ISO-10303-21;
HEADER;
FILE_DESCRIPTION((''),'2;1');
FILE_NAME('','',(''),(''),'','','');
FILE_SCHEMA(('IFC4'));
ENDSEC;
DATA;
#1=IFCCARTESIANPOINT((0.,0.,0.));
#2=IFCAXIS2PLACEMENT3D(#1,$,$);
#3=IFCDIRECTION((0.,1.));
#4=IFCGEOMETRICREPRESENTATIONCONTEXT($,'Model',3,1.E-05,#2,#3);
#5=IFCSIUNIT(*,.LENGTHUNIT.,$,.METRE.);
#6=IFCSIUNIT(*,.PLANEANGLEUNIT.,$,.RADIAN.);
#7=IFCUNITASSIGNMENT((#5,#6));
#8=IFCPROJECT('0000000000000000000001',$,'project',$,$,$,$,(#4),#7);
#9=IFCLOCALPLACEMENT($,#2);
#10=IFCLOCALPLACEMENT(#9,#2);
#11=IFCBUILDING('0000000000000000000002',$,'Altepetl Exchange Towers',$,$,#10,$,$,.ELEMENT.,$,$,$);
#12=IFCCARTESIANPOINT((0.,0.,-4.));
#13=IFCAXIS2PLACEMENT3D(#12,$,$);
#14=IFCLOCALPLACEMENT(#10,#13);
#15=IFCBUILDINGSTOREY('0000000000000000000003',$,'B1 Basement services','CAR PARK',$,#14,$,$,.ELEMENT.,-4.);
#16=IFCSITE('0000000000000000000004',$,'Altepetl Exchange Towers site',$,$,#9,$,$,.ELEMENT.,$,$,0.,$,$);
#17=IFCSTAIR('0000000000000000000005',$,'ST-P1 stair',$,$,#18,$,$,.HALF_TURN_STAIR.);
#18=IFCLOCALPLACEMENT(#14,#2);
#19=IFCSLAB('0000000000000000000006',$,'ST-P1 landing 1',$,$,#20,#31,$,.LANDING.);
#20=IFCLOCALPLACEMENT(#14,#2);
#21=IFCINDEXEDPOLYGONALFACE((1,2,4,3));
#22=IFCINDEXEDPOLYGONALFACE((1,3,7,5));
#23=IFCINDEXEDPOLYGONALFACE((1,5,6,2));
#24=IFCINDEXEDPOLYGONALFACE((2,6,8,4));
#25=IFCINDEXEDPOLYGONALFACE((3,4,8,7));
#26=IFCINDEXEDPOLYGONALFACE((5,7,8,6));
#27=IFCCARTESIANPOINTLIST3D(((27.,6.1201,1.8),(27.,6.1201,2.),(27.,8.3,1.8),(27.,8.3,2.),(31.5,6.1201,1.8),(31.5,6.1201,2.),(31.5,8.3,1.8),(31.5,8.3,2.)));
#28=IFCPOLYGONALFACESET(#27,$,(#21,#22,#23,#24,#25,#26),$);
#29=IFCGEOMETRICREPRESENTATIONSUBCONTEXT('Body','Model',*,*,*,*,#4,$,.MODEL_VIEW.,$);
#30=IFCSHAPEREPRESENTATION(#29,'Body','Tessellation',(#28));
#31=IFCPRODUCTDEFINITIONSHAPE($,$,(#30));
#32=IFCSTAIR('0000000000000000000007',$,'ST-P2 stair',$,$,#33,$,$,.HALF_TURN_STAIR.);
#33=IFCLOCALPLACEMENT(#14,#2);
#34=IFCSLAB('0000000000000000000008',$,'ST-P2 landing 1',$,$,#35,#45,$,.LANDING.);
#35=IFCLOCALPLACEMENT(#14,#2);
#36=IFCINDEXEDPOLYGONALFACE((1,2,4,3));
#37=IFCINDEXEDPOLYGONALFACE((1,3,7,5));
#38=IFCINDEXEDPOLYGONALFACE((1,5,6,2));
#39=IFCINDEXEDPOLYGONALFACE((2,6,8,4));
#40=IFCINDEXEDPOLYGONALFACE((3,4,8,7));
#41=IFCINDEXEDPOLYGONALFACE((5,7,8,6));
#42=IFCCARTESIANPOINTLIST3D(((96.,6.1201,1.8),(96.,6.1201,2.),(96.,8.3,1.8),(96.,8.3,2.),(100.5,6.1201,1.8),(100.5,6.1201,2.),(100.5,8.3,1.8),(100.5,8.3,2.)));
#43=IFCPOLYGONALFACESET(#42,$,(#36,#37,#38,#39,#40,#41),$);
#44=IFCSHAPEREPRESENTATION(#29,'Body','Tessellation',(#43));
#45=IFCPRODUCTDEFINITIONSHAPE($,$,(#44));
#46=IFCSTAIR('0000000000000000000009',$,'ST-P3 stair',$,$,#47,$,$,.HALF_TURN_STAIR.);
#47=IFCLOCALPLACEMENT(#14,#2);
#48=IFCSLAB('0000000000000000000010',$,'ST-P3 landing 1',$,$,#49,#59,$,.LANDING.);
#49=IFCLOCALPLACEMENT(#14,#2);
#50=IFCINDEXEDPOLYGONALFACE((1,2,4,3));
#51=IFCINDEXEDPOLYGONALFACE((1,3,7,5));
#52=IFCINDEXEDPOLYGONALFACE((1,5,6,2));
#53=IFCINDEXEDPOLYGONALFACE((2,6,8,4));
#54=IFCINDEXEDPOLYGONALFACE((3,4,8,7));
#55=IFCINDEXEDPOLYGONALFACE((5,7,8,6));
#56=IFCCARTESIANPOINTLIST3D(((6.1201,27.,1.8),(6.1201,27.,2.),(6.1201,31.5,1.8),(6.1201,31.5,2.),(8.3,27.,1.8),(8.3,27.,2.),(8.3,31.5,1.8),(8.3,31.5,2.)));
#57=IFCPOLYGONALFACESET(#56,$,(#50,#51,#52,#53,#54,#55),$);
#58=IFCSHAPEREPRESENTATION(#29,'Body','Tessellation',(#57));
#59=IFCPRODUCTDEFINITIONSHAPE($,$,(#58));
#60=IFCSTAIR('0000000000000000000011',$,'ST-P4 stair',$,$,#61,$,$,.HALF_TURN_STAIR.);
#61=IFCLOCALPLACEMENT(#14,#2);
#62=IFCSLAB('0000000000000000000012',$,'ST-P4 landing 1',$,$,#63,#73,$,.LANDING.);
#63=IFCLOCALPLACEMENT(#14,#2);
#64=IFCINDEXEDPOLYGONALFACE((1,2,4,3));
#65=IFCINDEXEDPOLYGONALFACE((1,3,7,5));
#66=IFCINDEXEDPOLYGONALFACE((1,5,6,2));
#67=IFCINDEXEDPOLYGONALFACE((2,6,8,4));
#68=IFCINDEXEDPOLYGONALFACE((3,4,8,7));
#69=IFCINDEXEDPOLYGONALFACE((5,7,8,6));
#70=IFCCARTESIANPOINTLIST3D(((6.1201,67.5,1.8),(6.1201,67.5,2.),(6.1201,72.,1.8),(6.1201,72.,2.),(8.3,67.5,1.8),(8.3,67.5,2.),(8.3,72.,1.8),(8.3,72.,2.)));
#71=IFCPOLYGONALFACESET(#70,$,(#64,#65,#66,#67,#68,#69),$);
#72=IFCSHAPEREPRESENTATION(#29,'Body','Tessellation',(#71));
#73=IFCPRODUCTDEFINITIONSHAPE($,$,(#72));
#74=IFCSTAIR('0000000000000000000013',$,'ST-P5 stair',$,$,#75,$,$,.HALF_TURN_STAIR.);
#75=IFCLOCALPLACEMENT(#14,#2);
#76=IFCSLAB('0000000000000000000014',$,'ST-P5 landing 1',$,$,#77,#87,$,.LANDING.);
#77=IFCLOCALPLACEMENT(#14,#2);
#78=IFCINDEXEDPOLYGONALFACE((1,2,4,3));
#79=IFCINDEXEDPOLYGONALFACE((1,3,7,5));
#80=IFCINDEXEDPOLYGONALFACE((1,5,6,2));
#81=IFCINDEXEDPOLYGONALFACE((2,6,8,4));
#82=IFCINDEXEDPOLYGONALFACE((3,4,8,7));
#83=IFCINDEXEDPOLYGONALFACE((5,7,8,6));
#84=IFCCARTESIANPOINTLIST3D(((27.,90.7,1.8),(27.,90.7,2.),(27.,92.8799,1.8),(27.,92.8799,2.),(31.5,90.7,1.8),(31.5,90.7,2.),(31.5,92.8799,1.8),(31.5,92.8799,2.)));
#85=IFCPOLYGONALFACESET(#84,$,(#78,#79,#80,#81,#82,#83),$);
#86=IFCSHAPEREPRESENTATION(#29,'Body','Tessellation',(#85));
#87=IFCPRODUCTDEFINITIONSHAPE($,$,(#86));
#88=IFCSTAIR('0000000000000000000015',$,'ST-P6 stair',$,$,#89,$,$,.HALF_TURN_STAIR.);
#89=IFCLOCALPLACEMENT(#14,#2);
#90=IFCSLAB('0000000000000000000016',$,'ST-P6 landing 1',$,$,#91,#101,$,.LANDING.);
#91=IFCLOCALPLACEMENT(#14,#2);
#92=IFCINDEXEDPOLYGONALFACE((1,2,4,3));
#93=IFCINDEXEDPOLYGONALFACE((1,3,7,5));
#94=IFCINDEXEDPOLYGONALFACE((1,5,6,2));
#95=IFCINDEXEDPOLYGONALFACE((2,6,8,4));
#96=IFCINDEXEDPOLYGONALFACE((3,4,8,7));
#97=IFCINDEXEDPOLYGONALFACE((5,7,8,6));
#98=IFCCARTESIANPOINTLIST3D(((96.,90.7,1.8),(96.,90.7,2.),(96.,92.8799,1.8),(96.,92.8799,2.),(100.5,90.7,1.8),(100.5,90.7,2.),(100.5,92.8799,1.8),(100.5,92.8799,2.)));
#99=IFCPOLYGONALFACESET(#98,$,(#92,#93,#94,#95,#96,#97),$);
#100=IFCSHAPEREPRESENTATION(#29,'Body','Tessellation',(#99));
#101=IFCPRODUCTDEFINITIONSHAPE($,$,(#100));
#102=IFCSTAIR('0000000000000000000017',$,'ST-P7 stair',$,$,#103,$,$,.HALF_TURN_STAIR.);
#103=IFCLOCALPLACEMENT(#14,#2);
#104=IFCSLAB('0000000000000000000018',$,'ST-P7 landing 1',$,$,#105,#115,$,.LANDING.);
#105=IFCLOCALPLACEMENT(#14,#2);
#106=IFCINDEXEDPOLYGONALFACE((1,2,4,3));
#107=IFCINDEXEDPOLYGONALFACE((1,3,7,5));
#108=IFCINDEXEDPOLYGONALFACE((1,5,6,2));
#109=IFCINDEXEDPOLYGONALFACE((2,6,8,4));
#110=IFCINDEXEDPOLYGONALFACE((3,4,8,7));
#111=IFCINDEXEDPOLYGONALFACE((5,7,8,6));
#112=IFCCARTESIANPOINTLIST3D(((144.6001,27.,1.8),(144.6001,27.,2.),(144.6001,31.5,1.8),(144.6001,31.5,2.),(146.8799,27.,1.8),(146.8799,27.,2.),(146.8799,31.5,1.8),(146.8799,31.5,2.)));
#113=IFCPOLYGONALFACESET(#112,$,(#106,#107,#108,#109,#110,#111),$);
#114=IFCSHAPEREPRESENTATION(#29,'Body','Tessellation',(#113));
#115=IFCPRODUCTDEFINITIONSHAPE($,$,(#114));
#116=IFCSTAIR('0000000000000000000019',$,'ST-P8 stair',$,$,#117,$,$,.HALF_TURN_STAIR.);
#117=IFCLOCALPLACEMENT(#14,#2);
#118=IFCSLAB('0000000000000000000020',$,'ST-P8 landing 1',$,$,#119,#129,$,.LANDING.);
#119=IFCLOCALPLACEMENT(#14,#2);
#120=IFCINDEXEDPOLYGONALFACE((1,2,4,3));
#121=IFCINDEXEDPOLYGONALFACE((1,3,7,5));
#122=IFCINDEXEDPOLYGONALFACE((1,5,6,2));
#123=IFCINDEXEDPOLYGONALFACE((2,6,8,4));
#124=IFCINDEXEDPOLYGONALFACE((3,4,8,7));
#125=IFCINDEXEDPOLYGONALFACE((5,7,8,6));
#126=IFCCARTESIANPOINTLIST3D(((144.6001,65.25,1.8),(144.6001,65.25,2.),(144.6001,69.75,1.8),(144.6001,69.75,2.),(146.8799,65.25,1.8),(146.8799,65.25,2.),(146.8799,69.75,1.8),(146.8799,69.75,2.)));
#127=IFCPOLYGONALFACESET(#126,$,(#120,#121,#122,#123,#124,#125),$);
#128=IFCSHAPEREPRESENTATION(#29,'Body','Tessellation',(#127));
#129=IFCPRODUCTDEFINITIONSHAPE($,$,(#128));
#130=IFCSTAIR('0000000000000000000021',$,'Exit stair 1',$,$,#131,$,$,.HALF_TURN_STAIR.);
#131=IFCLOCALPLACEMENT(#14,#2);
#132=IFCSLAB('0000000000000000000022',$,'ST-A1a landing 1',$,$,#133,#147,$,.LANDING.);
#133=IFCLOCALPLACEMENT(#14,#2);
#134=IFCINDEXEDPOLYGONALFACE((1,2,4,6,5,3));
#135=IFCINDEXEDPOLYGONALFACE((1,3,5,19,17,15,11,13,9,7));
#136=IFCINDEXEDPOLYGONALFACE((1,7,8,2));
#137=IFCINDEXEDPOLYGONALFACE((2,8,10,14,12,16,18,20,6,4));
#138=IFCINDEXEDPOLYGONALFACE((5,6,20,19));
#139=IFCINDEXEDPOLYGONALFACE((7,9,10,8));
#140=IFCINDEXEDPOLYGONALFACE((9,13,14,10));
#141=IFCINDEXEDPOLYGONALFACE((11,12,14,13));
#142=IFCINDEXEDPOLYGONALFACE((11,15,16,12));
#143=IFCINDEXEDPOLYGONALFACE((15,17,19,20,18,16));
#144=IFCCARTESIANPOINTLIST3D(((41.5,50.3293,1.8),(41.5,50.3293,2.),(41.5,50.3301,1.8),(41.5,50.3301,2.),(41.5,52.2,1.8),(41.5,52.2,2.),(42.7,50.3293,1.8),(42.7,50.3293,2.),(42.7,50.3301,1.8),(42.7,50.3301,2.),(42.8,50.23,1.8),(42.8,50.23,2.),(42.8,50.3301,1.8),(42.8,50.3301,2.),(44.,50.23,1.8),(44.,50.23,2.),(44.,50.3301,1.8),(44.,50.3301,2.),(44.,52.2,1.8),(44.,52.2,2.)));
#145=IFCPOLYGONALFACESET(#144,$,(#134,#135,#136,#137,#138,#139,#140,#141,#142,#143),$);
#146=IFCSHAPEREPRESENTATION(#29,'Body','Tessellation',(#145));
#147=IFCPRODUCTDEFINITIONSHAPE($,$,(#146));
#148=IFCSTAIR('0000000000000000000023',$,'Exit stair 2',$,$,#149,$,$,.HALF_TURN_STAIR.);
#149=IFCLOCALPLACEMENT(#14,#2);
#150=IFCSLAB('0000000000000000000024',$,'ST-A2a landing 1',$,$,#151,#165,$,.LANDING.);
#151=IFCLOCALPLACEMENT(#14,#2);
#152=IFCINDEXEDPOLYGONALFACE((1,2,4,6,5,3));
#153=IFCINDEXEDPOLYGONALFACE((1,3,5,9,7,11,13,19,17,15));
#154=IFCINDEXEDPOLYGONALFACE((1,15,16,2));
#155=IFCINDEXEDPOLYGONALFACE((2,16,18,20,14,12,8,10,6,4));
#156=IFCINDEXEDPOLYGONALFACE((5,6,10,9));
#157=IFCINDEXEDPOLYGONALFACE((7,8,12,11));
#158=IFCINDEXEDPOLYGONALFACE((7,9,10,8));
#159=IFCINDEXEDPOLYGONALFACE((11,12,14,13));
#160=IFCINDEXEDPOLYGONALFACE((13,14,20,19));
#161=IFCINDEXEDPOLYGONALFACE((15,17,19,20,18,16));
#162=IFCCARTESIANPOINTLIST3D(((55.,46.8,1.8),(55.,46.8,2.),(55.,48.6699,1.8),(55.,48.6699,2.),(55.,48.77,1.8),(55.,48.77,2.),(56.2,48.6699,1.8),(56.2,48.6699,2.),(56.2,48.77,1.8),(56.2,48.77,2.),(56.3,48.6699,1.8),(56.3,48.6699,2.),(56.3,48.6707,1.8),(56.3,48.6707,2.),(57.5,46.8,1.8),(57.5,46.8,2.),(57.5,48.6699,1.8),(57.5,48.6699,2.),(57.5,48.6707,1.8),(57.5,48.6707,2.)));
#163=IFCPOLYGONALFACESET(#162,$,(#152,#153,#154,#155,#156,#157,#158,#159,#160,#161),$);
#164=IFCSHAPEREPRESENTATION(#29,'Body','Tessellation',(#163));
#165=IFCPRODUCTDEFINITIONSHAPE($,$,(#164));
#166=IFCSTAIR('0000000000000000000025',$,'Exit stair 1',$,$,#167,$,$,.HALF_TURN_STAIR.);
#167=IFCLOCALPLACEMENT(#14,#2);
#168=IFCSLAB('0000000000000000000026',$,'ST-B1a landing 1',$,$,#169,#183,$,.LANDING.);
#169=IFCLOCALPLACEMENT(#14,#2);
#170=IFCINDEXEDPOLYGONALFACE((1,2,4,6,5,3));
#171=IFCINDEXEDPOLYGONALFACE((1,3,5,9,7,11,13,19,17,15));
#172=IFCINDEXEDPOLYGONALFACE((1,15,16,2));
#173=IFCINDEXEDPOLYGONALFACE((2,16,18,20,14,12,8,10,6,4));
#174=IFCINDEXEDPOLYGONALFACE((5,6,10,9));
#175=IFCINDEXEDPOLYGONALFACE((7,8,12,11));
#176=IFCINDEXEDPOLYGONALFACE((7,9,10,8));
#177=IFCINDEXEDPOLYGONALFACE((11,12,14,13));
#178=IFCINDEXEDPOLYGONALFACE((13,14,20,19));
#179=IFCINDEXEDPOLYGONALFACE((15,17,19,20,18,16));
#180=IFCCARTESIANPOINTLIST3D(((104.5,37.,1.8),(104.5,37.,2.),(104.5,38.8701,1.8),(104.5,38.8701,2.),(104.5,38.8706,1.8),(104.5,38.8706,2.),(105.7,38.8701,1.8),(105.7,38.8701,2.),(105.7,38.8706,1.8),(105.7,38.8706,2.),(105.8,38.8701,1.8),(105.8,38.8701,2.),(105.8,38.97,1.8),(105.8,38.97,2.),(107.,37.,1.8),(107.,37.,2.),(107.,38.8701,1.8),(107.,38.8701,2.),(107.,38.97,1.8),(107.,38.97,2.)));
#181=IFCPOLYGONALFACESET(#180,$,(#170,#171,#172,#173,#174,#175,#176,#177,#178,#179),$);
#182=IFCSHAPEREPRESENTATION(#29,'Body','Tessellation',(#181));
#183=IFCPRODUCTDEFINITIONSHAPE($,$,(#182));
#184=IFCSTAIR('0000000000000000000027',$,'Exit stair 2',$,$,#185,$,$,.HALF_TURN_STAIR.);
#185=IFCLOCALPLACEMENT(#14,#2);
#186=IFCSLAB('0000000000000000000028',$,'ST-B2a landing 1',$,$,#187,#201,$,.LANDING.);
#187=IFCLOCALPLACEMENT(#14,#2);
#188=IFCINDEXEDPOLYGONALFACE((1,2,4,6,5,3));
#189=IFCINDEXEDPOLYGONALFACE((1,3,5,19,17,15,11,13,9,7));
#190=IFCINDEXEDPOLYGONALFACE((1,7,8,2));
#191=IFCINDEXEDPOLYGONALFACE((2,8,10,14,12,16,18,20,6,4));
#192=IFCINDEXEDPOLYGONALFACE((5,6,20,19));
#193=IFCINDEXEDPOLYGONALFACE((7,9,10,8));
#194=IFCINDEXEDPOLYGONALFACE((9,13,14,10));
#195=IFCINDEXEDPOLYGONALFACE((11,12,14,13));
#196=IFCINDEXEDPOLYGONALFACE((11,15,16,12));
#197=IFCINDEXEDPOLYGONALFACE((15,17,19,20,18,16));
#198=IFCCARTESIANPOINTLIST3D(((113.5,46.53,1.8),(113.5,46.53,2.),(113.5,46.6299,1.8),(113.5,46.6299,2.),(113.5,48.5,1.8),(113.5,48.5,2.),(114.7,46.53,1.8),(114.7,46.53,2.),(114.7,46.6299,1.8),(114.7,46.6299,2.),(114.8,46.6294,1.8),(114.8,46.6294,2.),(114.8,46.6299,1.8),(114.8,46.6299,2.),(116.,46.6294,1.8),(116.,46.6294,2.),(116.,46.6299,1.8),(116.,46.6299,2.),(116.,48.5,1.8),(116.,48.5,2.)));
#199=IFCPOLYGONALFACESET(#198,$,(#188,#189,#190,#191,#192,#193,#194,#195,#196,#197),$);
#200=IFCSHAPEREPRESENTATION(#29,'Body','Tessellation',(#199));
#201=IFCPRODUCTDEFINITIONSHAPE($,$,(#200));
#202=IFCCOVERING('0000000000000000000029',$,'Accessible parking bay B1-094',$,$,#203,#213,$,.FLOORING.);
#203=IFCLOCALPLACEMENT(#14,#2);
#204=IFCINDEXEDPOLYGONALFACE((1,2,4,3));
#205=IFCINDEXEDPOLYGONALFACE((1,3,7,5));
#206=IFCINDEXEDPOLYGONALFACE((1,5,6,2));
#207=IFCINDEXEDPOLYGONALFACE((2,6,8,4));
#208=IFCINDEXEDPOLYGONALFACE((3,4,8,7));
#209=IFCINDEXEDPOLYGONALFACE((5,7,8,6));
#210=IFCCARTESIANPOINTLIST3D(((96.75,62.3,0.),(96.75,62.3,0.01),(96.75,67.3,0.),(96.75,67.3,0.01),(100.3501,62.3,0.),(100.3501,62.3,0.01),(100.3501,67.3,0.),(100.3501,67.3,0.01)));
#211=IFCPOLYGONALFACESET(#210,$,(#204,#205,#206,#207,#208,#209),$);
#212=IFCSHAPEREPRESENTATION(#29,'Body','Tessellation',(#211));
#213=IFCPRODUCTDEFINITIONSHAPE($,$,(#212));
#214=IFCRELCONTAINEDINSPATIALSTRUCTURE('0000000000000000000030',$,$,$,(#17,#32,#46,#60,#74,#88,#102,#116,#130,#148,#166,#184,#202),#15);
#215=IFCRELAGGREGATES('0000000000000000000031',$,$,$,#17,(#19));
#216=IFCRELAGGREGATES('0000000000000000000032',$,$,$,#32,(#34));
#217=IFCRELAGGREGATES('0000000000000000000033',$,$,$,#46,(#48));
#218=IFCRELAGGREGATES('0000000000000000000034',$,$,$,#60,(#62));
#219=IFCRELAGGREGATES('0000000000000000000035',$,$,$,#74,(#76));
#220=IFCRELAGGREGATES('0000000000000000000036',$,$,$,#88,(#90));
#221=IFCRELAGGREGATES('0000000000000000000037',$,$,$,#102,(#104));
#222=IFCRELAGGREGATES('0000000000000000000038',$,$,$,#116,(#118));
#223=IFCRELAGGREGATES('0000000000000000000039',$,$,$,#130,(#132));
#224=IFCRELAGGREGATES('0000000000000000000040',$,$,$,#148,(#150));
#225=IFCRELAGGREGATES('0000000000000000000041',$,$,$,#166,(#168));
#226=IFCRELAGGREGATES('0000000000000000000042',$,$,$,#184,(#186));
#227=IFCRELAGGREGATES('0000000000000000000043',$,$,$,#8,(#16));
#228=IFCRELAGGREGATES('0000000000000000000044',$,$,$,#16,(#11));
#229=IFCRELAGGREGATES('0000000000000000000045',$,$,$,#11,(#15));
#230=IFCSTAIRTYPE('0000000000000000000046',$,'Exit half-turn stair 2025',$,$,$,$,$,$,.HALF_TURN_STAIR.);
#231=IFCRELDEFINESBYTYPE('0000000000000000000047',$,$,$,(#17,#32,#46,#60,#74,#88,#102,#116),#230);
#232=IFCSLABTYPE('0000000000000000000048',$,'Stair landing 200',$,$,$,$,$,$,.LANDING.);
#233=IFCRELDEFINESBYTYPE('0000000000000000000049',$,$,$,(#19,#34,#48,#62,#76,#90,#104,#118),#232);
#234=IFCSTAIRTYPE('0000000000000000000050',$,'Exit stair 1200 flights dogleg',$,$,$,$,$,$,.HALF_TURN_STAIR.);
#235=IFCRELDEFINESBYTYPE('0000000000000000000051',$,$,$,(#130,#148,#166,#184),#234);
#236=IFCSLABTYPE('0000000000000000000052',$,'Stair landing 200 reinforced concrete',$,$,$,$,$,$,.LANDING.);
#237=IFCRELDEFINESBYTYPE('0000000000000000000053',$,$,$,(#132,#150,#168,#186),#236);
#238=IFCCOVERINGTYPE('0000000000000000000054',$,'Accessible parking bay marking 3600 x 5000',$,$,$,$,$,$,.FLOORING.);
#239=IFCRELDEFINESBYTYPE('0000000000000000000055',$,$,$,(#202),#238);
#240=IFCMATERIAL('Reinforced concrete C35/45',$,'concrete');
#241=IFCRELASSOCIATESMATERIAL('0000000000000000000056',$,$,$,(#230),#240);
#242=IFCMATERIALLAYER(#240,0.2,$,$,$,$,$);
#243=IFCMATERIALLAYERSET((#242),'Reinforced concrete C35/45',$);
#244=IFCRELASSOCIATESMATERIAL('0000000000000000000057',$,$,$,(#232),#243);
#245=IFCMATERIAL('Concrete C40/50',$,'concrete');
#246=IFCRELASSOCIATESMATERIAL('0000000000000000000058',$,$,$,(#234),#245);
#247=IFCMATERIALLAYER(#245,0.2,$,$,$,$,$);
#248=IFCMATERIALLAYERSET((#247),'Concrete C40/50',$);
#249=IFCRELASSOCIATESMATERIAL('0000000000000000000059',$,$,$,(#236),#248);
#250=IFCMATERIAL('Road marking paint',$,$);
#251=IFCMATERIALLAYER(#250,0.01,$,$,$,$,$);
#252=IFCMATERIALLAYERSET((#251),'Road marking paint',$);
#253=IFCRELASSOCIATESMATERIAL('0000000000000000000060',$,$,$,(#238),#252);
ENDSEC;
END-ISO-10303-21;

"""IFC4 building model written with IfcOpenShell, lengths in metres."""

from ifc_helpers import new_model, si_unit, direction, frame, origin, place, context, subcontext, project, spatial, polyline, outline, extrude, material, layer, layer_set, type_object, element, aggregate, save


model = new_model("IFC4")

# Units and contexts
model_context = context("Model", 3, precision=1e-05, world=origin(), true_north=direction((0.0, 1.0)))
body_context = subcontext(model_context, "Body", "Model", "MODEL_VIEW")
ifc_project = project(units=[si_unit("LENGTHUNIT", "METRE"), si_unit("PLANEANGLEUNIT", "RADIAN")], contexts=[model_context])

# Site, building, storey
site_placement = place(None, origin())
site = spatial("IfcSite", under=ifc_project, at=site_placement, Name="Altepetl Exchange Towers site", CompositionType="ELEMENT", RefElevation=0.0)
building_placement = place(site_placement, origin())
building = spatial("IfcBuilding", under=site, at=building_placement, Name="Altepetl Exchange Towers", CompositionType="ELEMENT")
storey_placement = place(building_placement, frame((0.0, 0.0, -4.0)))
storey = spatial("IfcBuildingStorey", under=building, at=storey_placement, Name="B1 Basement services", Description="CAR PARK", CompositionType="ELEMENT", Elevation=-4.0)

# Stairs, slabs
ifc_material_1 = material(Name="Reinforced concrete C35/45", Category="concrete")
stair_type_1 = type_object("IfcStairType", Name="Exit half-turn stair 2025", PredefinedType="HALF_TURN_STAIR", material=ifc_material_1)
stair_1_placement = place(storey_placement, origin())
stair_1 = element("IfcStair", 1, at=stair_1_placement, inside=storey, type_object=stair_type_1, Name="ST-P1 stair", PredefinedType="HALF_TURN_STAIR")
ifc_layer_1 = layer(ifc_material_1, 0.2)
ifc_layer_set_1 = layer_set([ifc_layer_1], Name="Reinforced concrete C35/45")
slab_type_1 = type_object("IfcSlabType", Name="Stair landing 200", PredefinedType="LANDING", material=ifc_layer_set_1)
slab_1_placement = place(storey_placement, frame((0.0, 0.0, 1.8)))
slab_1 = element("IfcSlab", 2, at=slab_1_placement, type_object=slab_type_1, Name="ST-P1 landing 1", PredefinedType="LANDING", context=body_context, shape_type="SweptSolid", body=[
    extrude(outline(polyline([(27.0, 6.1201), (31.5, 6.1201), (31.5, 8.3), (27.0, 8.3), (27.0, 6.1201)])), origin(), (0.0, 0.0, 1.0), 0.2),
])
aggregate(stair_1, [slab_1])
stair_2_placement = place(storey_placement, origin())
stair_2 = element("IfcStair", 3, at=stair_2_placement, inside=storey, type_object=stair_type_1, Name="ST-P2 stair", PredefinedType="HALF_TURN_STAIR")
slab_2_placement = place(storey_placement, frame((0.0, 0.0, 1.8)))
slab_2 = element("IfcSlab", 4, at=slab_2_placement, type_object=slab_type_1, Name="ST-P2 landing 1", PredefinedType="LANDING", context=body_context, shape_type="SweptSolid", body=[
    extrude(outline(polyline([(96.0, 6.1201), (100.5, 6.1201), (100.5, 8.3), (96.0, 8.3), (96.0, 6.1201)])), origin(), (0.0, 0.0, 1.0), 0.2),
])
aggregate(stair_2, [slab_2])
stair_3_placement = place(storey_placement, origin())
stair_3 = element("IfcStair", 5, at=stair_3_placement, inside=storey, type_object=stair_type_1, Name="ST-P3 stair", PredefinedType="HALF_TURN_STAIR")
slab_3_placement = place(storey_placement, frame((0.0, 0.0, 1.8)))
slab_3 = element("IfcSlab", 6, at=slab_3_placement, type_object=slab_type_1, Name="ST-P3 landing 1", PredefinedType="LANDING", context=body_context, shape_type="SweptSolid", body=[
    extrude(outline(polyline([(6.1201, 31.5), (6.1201, 27.0), (8.3, 27.0), (8.3, 31.5), (6.1201, 31.5)])), origin(), (0.0, 0.0, 1.0), 0.2),
])
aggregate(stair_3, [slab_3])
stair_4_placement = place(storey_placement, origin())
stair_4 = element("IfcStair", 7, at=stair_4_placement, inside=storey, type_object=stair_type_1, Name="ST-P4 stair", PredefinedType="HALF_TURN_STAIR")
slab_4_placement = place(storey_placement, frame((0.0, 0.0, 1.8)))
slab_4 = element("IfcSlab", 8, at=slab_4_placement, type_object=slab_type_1, Name="ST-P4 landing 1", PredefinedType="LANDING", context=body_context, shape_type="SweptSolid", body=[
    extrude(outline(polyline([(6.1201, 72.0), (6.1201, 67.5), (8.3, 67.5), (8.3, 72.0), (6.1201, 72.0)])), origin(), (0.0, 0.0, 1.0), 0.2),
])
aggregate(stair_4, [slab_4])
stair_5_placement = place(storey_placement, origin())
stair_5 = element("IfcStair", 9, at=stair_5_placement, inside=storey, type_object=stair_type_1, Name="ST-P5 stair", PredefinedType="HALF_TURN_STAIR")
slab_5_placement = place(storey_placement, frame((0.0, 0.0, 1.8)))
slab_5 = element("IfcSlab", 10, at=slab_5_placement, type_object=slab_type_1, Name="ST-P5 landing 1", PredefinedType="LANDING", context=body_context, shape_type="SweptSolid", body=[
    extrude(outline(polyline([(31.5, 92.8799), (27.0, 92.8799), (27.0, 90.7), (31.5, 90.7), (31.5, 92.8799)])), origin(), (0.0, 0.0, 1.0), 0.2),
])
aggregate(stair_5, [slab_5])
stair_6_placement = place(storey_placement, origin())
stair_6 = element("IfcStair", 11, at=stair_6_placement, inside=storey, type_object=stair_type_1, Name="ST-P6 stair", PredefinedType="HALF_TURN_STAIR")
slab_6_placement = place(storey_placement, frame((0.0, 0.0, 1.8)))
slab_6 = element("IfcSlab", 12, at=slab_6_placement, type_object=slab_type_1, Name="ST-P6 landing 1", PredefinedType="LANDING", context=body_context, shape_type="SweptSolid", body=[
    extrude(outline(polyline([(100.5, 92.8799), (96.0, 92.8799), (96.0, 90.7), (100.5, 90.7), (100.5, 92.8799)])), origin(), (0.0, 0.0, 1.0), 0.2),
])
aggregate(stair_6, [slab_6])
stair_7_placement = place(storey_placement, origin())
stair_7 = element("IfcStair", 13, at=stair_7_placement, inside=storey, type_object=stair_type_1, Name="ST-P7 stair", PredefinedType="HALF_TURN_STAIR")
slab_7_placement = place(storey_placement, frame((0.0, 0.0, 1.8)))
slab_7 = element("IfcSlab", 14, at=slab_7_placement, type_object=slab_type_1, Name="ST-P7 landing 1", PredefinedType="LANDING", context=body_context, shape_type="SweptSolid", body=[
    extrude(outline(polyline([(146.8799, 27.0), (146.8799, 31.5), (144.6001, 31.5), (144.6001, 27.0), (146.8799, 27.0)])), origin(), (0.0, 0.0, 1.0), 0.2),
])
aggregate(stair_7, [slab_7])
stair_8_placement = place(storey_placement, origin())
stair_8 = element("IfcStair", 15, at=stair_8_placement, inside=storey, type_object=stair_type_1, Name="ST-P8 stair", PredefinedType="HALF_TURN_STAIR")
slab_8_placement = place(storey_placement, frame((0.0, 0.0, 1.8)))
slab_8 = element("IfcSlab", 16, at=slab_8_placement, type_object=slab_type_1, Name="ST-P8 landing 1", PredefinedType="LANDING", context=body_context, shape_type="SweptSolid", body=[
    extrude(outline(polyline([(146.8799, 65.25), (146.8799, 69.75), (144.6001, 69.75), (144.6001, 65.25), (146.8799, 65.25)])), origin(), (0.0, 0.0, 1.0), 0.2),
])
aggregate(stair_8, [slab_8])
ifc_material_2 = material(Name="Concrete C40/50", Category="concrete")
stair_type_2 = type_object("IfcStairType", Name="Exit stair 1200 flights dogleg", PredefinedType="HALF_TURN_STAIR", material=ifc_material_2)
stair_9_placement = place(storey_placement, origin())
stair_9 = element("IfcStair", 17, at=stair_9_placement, inside=storey, type_object=stair_type_2, Name="Exit stair 1", PredefinedType="HALF_TURN_STAIR")
ifc_layer_2 = layer(ifc_material_2, 0.2)
ifc_layer_set_2 = layer_set([ifc_layer_2], Name="Concrete C40/50")
slab_type_2 = type_object("IfcSlabType", Name="Stair landing 200 reinforced concrete", PredefinedType="LANDING", material=ifc_layer_set_2)
slab_9_placement = place(storey_placement, frame((0.0, 0.0, 1.8)))
slab_9 = element("IfcSlab", 18, at=slab_9_placement, type_object=slab_type_2, Name="ST-A1a landing 1", PredefinedType="LANDING", context=body_context, shape_type="SweptSolid", body=[
    extrude(outline(polyline([(44.0, 50.23), (42.8, 50.23), (42.8, 50.3301), (42.7, 50.3301), (42.7, 50.3293), (41.5, 50.3293), (41.5, 50.3301), (41.5, 52.2), (44.0, 52.2), (44.0, 50.3301), (44.0, 50.23)])), origin(), (0.0, 0.0, 1.0), 0.2),
])
aggregate(stair_9, [slab_9])
stair_10_placement = place(storey_placement, origin())
stair_10 = element("IfcStair", 19, at=stair_10_placement, inside=storey, type_object=stair_type_2, Name="Exit stair 2", PredefinedType="HALF_TURN_STAIR")
slab_10_placement = place(storey_placement, frame((0.0, 0.0, 1.8)))
slab_10 = element("IfcSlab", 20, at=slab_10_placement, type_object=slab_type_2, Name="ST-A2a landing 1", PredefinedType="LANDING", context=body_context, shape_type="SweptSolid", body=[
    extrude(outline(polyline([(57.5, 46.8), (55.0, 46.8), (55.0, 48.6699), (55.0, 48.77), (56.2, 48.77), (56.2, 48.6699), (56.3, 48.6699), (56.3, 48.6707), (57.5, 48.6707), (57.5, 48.6699), (57.5, 46.8)])), origin(), (0.0, 0.0, 1.0), 0.2),
])
aggregate(stair_10, [slab_10])
stair_11_placement = place(storey_placement, origin())
stair_11 = element("IfcStair", 21, at=stair_11_placement, inside=storey, type_object=stair_type_2, Name="Exit stair 1", PredefinedType="HALF_TURN_STAIR")
slab_11_placement = place(storey_placement, frame((0.0, 0.0, 1.8)))
slab_11 = element("IfcSlab", 22, at=slab_11_placement, type_object=slab_type_2, Name="ST-B1a landing 1", PredefinedType="LANDING", context=body_context, shape_type="SweptSolid", body=[
    extrude(outline(polyline([(107.0, 37.0), (104.5, 37.0), (104.5, 38.8701), (104.5, 38.8706), (105.7, 38.8706), (105.7, 38.8701), (105.8, 38.8701), (105.8, 38.97), (107.0, 38.97), (107.0, 38.8701), (107.0, 37.0)])), origin(), (0.0, 0.0, 1.0), 0.2),
])
aggregate(stair_11, [slab_11])
stair_12_placement = place(storey_placement, origin())
stair_12 = element("IfcStair", 23, at=stair_12_placement, inside=storey, type_object=stair_type_2, Name="Exit stair 2", PredefinedType="HALF_TURN_STAIR")
slab_12_placement = place(storey_placement, frame((0.0, 0.0, 1.8)))
slab_12 = element("IfcSlab", 24, at=slab_12_placement, type_object=slab_type_2, Name="ST-B2a landing 1", PredefinedType="LANDING", context=body_context, shape_type="SweptSolid", body=[
    extrude(outline(polyline([(114.7, 46.53), (113.5, 46.53), (113.5, 46.6299), (113.5, 48.5), (116.0, 48.5), (116.0, 46.6299), (116.0, 46.6294), (114.8, 46.6294), (114.8, 46.6299), (114.7, 46.6299), (114.7, 46.53)])), origin(), (0.0, 0.0, 1.0), 0.2),
])
aggregate(stair_12, [slab_12])

# Covering
ifc_material_3 = material(Name="Road marking paint")
ifc_layer_3 = layer(ifc_material_3, 0.01)
ifc_layer_set_3 = layer_set([ifc_layer_3], Name="Road marking paint")
covering_type_1 = type_object("IfcCoveringType", Name="Accessible parking bay marking 3600 x 5000", PredefinedType="FLOORING", material=ifc_layer_set_3)
covering_1_placement = place(storey_placement, origin())
element("IfcCovering", 25, at=covering_1_placement, inside=storey, type_object=covering_type_1, Name="Accessible parking bay B1-094", PredefinedType="FLOORING", context=body_context, shape_type="SweptSolid", body=[
    extrude(outline(polyline([(96.75, 62.3), (100.3501, 62.3), (100.3501, 67.3), (96.75, 67.3), (96.75, 62.3)])), origin(), (0.0, 0.0, 1.0), 0.01),
])

save(model, "model.ifc")
